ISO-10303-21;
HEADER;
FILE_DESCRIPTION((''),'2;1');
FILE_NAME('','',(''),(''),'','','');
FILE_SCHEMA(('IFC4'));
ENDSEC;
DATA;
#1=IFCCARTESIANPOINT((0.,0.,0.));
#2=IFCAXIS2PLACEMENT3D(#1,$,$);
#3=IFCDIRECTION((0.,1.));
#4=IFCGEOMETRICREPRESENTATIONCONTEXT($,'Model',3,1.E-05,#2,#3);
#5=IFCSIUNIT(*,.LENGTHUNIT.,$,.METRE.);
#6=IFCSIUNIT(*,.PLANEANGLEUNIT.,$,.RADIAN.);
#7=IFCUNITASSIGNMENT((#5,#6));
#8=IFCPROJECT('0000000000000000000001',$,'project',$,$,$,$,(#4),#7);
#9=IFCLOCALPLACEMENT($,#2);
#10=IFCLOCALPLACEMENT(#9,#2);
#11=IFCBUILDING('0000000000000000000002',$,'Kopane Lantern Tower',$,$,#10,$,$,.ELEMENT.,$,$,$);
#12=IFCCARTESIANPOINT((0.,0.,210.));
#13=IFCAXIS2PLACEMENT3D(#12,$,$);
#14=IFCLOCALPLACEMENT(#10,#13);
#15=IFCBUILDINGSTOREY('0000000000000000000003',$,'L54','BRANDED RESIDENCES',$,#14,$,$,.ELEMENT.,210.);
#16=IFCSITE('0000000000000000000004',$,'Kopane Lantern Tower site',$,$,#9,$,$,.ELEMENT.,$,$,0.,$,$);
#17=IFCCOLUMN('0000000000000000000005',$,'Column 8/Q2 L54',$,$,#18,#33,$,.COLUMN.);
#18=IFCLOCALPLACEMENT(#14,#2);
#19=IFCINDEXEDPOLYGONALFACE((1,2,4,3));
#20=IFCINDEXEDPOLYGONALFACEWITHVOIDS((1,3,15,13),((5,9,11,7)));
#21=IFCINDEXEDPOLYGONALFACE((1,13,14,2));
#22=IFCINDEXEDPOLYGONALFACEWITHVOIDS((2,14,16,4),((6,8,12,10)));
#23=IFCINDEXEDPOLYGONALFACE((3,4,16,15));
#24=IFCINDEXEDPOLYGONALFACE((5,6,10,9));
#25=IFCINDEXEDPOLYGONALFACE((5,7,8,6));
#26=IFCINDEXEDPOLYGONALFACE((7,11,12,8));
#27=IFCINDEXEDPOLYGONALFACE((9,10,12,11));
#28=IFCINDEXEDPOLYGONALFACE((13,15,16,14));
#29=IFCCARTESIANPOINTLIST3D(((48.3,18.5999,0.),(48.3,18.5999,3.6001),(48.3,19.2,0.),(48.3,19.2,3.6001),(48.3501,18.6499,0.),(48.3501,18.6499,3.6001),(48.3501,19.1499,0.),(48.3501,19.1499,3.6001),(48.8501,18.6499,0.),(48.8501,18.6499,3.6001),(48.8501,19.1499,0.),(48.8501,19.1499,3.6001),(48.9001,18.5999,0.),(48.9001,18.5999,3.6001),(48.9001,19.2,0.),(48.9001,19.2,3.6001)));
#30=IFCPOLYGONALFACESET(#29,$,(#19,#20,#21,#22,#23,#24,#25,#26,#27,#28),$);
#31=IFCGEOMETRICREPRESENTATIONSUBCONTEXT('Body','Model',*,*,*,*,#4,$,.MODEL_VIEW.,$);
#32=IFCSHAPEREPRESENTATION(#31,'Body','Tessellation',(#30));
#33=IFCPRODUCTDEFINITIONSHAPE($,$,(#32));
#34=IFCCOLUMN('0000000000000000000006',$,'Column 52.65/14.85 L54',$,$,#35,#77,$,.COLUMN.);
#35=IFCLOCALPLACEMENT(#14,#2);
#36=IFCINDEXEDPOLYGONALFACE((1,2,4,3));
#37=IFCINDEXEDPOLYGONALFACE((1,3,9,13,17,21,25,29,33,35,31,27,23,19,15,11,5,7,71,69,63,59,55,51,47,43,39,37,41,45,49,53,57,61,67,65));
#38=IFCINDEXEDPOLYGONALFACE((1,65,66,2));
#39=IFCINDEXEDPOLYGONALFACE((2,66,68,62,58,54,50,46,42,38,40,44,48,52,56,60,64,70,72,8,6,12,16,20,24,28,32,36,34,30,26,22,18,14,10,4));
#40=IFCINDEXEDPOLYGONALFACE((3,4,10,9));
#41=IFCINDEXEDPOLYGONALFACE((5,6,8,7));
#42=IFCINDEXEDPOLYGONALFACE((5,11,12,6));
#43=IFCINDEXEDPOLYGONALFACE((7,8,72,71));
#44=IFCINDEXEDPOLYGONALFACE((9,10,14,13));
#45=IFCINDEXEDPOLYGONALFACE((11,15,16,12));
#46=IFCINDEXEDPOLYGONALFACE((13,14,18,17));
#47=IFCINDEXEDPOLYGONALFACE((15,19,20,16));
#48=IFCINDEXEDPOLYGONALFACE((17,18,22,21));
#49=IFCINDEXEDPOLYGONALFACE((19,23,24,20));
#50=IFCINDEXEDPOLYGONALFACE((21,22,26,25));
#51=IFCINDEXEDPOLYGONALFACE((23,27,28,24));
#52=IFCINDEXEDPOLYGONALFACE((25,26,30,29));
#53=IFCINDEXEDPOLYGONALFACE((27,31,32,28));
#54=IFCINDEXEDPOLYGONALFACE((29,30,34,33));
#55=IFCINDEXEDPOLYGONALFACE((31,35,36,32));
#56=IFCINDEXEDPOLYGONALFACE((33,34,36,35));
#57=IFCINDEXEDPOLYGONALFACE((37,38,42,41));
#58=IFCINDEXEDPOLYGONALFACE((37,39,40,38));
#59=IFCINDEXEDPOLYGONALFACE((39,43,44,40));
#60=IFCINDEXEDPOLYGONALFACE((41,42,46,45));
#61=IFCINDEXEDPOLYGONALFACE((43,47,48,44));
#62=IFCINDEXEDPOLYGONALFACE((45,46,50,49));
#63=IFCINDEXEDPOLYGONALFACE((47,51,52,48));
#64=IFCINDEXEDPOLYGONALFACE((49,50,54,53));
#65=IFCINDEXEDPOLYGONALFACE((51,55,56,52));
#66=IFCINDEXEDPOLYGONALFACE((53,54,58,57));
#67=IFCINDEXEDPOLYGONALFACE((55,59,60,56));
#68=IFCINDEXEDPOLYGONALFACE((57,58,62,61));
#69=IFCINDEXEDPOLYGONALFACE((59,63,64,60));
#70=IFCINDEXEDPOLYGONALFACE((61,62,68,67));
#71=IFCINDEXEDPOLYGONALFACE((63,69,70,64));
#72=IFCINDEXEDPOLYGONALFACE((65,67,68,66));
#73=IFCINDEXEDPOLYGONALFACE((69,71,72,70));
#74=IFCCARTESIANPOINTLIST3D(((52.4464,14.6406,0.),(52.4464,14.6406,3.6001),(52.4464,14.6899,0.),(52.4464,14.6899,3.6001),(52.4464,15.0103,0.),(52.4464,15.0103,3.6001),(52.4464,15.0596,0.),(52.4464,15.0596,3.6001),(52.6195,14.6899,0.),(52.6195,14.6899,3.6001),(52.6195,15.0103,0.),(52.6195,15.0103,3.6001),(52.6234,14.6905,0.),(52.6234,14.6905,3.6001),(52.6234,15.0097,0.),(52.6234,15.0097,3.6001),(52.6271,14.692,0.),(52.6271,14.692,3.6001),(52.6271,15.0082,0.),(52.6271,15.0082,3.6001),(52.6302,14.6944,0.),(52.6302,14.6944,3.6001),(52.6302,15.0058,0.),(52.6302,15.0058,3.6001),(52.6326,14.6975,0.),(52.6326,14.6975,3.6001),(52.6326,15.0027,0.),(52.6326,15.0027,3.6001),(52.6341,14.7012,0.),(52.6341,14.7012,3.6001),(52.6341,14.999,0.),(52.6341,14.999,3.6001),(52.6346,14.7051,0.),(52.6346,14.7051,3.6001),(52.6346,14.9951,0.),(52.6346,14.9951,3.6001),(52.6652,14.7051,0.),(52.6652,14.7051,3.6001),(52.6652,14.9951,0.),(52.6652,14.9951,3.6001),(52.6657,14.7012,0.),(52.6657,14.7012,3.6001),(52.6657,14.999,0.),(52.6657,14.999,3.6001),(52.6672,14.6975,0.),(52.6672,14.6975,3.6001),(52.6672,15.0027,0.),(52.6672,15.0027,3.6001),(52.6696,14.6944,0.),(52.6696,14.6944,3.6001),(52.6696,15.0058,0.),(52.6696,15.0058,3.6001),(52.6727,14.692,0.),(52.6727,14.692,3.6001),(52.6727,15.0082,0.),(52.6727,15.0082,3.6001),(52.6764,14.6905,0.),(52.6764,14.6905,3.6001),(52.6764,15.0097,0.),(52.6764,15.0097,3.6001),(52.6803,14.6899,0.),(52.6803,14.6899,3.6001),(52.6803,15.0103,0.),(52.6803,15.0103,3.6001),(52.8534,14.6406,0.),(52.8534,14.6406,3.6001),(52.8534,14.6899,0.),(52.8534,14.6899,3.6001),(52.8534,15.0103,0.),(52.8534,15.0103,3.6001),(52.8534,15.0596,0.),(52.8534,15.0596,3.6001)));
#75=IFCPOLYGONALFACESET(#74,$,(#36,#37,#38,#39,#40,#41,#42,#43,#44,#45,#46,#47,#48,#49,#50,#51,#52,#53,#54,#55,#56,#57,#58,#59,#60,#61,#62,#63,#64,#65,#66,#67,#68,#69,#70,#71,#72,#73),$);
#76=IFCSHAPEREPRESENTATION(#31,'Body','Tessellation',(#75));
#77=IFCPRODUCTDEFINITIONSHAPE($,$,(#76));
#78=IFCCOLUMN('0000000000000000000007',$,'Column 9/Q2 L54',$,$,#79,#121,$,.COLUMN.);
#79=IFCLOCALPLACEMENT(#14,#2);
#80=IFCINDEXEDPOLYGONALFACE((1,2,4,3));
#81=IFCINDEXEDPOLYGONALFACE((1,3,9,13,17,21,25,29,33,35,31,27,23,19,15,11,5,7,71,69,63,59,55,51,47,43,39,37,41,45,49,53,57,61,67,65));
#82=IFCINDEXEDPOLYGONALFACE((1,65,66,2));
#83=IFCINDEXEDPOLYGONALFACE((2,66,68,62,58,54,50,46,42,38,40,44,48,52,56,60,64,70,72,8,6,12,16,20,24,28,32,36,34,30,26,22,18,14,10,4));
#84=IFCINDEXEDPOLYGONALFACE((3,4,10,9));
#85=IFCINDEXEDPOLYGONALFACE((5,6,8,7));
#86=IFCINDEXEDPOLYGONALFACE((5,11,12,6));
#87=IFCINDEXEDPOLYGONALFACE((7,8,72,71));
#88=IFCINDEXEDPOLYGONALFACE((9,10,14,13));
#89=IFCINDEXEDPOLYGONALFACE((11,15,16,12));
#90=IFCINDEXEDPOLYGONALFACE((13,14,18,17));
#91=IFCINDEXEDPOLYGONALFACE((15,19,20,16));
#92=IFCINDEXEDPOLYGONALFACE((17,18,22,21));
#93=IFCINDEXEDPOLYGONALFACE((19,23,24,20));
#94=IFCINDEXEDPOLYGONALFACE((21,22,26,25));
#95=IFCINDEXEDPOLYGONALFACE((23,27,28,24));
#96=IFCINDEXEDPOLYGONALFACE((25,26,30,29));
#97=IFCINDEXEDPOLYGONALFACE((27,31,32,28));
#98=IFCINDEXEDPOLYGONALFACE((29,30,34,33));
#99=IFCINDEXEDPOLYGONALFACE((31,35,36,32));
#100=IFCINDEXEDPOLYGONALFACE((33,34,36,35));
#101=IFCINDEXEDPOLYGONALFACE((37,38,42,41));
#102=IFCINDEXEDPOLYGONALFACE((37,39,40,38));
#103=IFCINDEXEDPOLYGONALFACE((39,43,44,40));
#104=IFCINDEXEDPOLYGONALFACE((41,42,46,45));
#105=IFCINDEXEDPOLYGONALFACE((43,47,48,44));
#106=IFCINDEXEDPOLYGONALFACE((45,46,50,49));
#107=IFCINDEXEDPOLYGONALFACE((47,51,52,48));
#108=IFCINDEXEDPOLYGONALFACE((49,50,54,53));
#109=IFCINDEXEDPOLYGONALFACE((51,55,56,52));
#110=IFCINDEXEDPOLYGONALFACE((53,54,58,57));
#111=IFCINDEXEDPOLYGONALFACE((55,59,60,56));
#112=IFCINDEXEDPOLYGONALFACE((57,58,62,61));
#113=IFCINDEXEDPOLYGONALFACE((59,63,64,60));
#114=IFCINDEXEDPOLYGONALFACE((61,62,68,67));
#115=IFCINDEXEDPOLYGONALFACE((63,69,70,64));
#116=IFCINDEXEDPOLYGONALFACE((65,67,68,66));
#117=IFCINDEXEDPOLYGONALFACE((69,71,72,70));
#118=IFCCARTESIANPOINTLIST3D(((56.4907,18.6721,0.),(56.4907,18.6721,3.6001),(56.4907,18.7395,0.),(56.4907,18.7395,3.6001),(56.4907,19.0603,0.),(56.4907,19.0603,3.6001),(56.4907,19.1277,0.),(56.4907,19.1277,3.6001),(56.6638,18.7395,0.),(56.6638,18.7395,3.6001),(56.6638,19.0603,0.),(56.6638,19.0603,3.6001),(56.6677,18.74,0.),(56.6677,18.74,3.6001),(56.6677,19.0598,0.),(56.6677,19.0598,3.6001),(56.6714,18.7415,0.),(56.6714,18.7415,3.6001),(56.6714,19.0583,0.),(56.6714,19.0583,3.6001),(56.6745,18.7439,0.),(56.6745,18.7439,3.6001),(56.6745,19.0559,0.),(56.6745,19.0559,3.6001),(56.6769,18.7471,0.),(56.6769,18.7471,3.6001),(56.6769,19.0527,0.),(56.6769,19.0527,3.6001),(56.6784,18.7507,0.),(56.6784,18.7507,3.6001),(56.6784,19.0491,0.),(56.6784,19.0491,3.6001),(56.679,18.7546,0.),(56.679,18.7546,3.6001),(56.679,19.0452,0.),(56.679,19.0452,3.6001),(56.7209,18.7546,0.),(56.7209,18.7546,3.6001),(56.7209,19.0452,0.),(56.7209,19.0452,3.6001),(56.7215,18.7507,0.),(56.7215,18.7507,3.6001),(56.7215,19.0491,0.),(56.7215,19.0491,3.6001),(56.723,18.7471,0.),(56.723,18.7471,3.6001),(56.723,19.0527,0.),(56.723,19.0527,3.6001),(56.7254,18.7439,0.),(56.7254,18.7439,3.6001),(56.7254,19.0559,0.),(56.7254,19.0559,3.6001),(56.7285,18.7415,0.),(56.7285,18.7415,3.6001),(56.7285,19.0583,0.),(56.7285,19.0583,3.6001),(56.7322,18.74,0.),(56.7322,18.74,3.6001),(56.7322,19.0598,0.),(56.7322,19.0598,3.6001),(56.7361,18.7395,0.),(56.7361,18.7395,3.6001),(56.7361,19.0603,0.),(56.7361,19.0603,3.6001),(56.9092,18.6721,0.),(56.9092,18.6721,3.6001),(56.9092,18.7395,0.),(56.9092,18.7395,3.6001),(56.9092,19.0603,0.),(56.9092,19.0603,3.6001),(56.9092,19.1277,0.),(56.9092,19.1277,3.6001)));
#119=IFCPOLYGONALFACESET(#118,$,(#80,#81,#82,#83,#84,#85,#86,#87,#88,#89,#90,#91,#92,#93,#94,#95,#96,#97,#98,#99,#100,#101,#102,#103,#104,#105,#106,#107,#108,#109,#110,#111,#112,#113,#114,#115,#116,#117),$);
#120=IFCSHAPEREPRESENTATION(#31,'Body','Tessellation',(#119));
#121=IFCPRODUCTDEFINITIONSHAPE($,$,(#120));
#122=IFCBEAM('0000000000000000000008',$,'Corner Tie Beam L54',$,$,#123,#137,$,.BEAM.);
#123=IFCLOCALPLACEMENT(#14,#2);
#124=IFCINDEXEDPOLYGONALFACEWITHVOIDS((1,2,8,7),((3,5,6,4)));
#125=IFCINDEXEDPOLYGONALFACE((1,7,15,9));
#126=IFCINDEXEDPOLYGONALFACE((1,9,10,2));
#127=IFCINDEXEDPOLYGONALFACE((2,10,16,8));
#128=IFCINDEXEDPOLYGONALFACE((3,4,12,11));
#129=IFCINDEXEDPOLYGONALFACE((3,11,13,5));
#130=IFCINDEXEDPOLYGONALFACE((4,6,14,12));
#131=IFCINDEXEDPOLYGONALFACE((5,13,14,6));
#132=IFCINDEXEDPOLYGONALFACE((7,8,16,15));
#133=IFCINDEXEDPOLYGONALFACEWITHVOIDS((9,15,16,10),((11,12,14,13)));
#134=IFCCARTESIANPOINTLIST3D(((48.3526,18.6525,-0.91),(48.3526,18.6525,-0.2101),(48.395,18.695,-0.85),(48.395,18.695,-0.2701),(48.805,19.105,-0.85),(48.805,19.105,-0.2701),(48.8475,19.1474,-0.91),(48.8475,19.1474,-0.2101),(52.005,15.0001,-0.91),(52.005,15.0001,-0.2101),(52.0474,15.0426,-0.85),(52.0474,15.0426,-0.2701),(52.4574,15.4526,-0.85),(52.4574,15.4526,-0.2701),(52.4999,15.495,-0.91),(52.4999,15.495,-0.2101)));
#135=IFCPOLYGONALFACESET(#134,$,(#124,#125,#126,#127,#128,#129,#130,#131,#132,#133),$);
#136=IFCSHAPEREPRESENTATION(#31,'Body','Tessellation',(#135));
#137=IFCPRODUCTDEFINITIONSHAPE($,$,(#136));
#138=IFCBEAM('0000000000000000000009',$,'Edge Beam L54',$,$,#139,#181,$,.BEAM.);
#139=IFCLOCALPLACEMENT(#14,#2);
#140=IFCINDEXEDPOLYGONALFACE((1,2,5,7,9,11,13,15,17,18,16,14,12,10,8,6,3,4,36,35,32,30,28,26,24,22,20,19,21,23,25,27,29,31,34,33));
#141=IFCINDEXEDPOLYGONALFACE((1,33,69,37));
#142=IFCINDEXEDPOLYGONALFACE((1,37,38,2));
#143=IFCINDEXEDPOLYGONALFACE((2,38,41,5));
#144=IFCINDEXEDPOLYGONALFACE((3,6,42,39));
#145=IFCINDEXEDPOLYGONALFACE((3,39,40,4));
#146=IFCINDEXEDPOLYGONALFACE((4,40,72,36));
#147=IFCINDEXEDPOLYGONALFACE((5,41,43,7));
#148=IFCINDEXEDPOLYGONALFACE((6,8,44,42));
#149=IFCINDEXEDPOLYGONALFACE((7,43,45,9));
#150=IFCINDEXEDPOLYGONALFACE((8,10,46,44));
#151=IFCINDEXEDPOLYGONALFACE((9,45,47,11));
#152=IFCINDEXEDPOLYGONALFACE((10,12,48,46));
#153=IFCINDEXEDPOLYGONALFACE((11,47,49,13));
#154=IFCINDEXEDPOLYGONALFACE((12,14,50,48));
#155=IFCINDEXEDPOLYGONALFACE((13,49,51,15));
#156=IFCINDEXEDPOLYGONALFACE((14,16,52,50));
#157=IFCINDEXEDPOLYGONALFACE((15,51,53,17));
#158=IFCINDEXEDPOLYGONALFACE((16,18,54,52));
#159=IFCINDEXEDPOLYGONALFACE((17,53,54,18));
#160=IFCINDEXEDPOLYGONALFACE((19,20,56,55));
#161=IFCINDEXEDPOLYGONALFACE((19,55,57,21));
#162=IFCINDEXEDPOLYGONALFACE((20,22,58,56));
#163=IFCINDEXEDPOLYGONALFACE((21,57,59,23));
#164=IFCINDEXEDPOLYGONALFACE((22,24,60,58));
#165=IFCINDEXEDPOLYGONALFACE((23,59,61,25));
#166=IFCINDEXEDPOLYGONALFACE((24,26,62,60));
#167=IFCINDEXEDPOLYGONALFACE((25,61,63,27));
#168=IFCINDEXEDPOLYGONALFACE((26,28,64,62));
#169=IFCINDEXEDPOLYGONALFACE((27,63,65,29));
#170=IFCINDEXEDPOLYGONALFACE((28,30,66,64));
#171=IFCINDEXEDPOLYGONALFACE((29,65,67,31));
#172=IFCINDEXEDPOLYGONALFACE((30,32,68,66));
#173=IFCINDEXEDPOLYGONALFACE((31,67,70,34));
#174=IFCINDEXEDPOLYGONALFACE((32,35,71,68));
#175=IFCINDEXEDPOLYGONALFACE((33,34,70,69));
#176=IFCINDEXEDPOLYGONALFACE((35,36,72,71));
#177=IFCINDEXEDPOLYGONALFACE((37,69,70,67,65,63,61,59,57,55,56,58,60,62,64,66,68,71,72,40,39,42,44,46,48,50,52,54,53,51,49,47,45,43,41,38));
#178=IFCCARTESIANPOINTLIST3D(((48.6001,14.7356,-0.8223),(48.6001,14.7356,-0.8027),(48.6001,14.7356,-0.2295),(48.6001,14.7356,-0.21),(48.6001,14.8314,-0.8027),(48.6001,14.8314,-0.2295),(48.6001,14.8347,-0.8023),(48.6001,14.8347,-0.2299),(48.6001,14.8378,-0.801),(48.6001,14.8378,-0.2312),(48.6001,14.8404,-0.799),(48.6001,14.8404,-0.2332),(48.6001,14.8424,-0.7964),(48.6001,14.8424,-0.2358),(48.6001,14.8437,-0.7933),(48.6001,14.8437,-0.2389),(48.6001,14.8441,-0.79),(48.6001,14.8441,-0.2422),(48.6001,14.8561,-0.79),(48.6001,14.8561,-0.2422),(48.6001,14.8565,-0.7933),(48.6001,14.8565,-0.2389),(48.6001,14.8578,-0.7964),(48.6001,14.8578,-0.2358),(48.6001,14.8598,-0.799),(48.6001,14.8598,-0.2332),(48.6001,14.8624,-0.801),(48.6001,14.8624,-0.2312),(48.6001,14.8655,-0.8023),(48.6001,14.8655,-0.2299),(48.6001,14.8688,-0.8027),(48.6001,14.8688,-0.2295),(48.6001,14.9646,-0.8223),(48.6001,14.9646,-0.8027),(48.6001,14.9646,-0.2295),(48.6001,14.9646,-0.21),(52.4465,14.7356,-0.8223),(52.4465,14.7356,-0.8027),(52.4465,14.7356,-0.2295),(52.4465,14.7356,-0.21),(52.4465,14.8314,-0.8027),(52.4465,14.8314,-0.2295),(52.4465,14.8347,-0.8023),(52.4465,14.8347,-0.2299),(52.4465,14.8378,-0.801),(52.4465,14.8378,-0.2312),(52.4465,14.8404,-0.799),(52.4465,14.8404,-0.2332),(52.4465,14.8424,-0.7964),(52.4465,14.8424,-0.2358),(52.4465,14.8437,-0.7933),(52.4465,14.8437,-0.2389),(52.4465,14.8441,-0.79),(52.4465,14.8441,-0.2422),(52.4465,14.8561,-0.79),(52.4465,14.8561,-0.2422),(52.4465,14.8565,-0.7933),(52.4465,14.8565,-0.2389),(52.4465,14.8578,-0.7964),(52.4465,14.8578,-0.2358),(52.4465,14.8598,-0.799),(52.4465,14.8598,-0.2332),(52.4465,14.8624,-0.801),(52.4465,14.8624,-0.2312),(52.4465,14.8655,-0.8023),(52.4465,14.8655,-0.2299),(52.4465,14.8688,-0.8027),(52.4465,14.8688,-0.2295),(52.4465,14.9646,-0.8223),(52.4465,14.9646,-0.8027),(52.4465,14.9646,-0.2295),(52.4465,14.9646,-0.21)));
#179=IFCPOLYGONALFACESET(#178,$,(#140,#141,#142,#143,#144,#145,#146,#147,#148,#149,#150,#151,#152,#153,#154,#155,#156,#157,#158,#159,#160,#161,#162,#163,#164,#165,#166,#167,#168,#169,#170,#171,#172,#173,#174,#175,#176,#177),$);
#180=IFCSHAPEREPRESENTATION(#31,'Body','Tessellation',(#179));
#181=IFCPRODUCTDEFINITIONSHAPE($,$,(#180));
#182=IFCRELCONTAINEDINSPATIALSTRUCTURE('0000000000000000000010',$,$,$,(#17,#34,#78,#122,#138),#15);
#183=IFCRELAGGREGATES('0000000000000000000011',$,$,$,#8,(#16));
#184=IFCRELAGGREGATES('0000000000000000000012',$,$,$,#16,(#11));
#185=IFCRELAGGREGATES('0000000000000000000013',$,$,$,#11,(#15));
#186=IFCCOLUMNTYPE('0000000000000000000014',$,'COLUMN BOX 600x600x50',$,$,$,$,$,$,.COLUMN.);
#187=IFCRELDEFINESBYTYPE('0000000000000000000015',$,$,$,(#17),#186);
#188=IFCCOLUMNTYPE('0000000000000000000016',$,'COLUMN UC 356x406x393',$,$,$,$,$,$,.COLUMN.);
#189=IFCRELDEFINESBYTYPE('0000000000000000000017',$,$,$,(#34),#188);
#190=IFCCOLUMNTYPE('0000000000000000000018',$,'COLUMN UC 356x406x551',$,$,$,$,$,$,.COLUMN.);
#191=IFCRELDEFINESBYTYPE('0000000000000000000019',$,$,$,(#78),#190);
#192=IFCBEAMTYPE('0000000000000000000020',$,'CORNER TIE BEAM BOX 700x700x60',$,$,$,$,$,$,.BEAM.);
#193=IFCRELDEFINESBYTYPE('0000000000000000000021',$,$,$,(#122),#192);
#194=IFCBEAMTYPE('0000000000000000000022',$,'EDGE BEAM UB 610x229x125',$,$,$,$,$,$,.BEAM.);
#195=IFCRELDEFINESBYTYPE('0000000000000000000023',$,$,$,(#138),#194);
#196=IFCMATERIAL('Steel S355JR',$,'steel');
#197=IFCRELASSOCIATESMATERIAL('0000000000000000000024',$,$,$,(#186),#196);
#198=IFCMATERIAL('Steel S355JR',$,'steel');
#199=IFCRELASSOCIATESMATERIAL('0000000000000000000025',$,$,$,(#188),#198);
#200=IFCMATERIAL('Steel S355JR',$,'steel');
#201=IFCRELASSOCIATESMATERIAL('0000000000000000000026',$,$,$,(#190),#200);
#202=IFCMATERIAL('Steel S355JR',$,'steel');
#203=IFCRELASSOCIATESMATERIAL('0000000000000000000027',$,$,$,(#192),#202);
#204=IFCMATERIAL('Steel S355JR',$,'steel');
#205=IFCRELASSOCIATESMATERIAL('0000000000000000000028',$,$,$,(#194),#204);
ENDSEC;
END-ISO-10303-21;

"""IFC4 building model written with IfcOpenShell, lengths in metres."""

from ifc_helpers import new_model, si_unit, direction, frame, origin, origin_2d, place, context, subcontext, project, spatial, hollow_rectangle, i_section, extrude, material, material_profile, profile_set, type_object, element, save


model = new_model("IFC4")

# Units and contexts
model_context = context("Model", 3, precision=1e-05, world=origin(), true_north=direction((0.0, 1.0)))
body_context = subcontext(model_context, "Body", "Model", "MODEL_VIEW")
ifc_project = project(units=[si_unit("LENGTHUNIT", "METRE"), si_unit("PLANEANGLEUNIT", "RADIAN")], contexts=[model_context])

# Site, building, storey
site_placement = place(None, origin())
site = spatial("IfcSite", under=ifc_project, at=site_placement, Name="Kopane Lantern Tower site", CompositionType="ELEMENT", RefElevation=0.0)
building_placement = place(site_placement, origin())
building = spatial("IfcBuilding", under=site, at=building_placement, Name="Kopane Lantern Tower", CompositionType="ELEMENT")
storey_placement = place(building_placement, frame((0.0, 0.0, 210.0)))
storey = spatial("IfcBuildingStorey", under=building, at=storey_placement, Name="L54", Description="BRANDED RESIDENCES", CompositionType="ELEMENT", Elevation=210.0)

# Columns
ifc_material_1 = material(Name="Steel S355JR", Category="steel")
ifc_material_profile_1 = material_profile(ifc_material_1, hollow_rectangle(XDim=0.6001, YDim=0.6001, WallThickness=0.05, at=origin_2d()), Name="BOX 600x600x50")
ifc_profile_set_1 = profile_set([ifc_material_profile_1], Name="Steel S355JR")
column_type_1 = type_object("IfcColumnType", Name="COLUMN BOX 600x600x50", PredefinedType="COLUMN", material=ifc_profile_set_1)
column_1_placement = place(storey_placement, frame((48.6001, 18.8999, 0.0), z_axis=(0.0, 0.0, 1.0), x_axis=(1.0, 0.0, 0.0)))
element("IfcColumn", 1, at=column_1_placement, inside=storey, type_object=column_type_1, Name="Column 8/Q2 L54", PredefinedType="COLUMN", context=body_context, shape_type="SweptSolid", body=[
    extrude(hollow_rectangle(XDim=0.6001, YDim=0.6001, WallThickness=0.05, at=origin_2d()), origin(), (0.0, 0.0, 1.0), 3.6001),
])
ifc_material_2 = material(Name="Steel S355JR", Category="steel")
ifc_material_profile_2 = material_profile(ifc_material_2, i_section(OverallWidth=0.407, OverallDepth=0.4189, WebThickness=0.0305, FlangeThickness=0.0493, FilletRadius=0.0151, at=origin_2d()), Name="UC 356x406x393")
ifc_profile_set_2 = profile_set([ifc_material_profile_2], Name="Steel S355JR")
column_type_2 = type_object("IfcColumnType", Name="COLUMN UC 356x406x393", PredefinedType="COLUMN", material=ifc_profile_set_2)
column_2_placement = place(storey_placement, frame((52.6499, 14.8501, 0.0), z_axis=(0.0, 0.0, 1.0), x_axis=(1.0, 0.0, 0.0)))
element("IfcColumn", 2, at=column_2_placement, inside=storey, type_object=column_type_2, Name="Column 52.65/14.85 L54", PredefinedType="COLUMN", context=body_context, shape_type="SweptSolid", body=[
    extrude(i_section(OverallWidth=0.407, OverallDepth=0.4189, WebThickness=0.0305, FlangeThickness=0.0493, FilletRadius=0.0151, at=origin_2d()), origin(), (0.0, 0.0, 1.0), 3.6001),
])
ifc_material_3 = material(Name="Steel S355JR", Category="steel")
ifc_material_profile_3 = material_profile(ifc_material_3, i_section(OverallWidth=0.4185, OverallDepth=0.4556, WebThickness=0.042, FlangeThickness=0.0674, FilletRadius=0.0151, at=origin_2d()), Name="UC 356x406x551")
ifc_profile_set_3 = profile_set([ifc_material_profile_3], Name="Steel S355JR")
column_type_3 = type_object("IfcColumnType", Name="COLUMN UC 356x406x551", PredefinedType="COLUMN", material=ifc_profile_set_3)
column_3_placement = place(storey_placement, frame((56.7, 18.8999, 0.0), z_axis=(0.0, 0.0, 1.0), x_axis=(1.0, 0.0, 0.0)))
element("IfcColumn", 3, at=column_3_placement, inside=storey, type_object=column_type_3, Name="Column 9/Q2 L54", PredefinedType="COLUMN", context=body_context, shape_type="SweptSolid", body=[
    extrude(i_section(OverallWidth=0.4185, OverallDepth=0.4556, WebThickness=0.042, FlangeThickness=0.0674, FilletRadius=0.0151, at=origin_2d()), origin(), (0.0, 0.0, 1.0), 3.6001),
])

# Beams
ifc_material_4 = material(Name="Steel S355JR", Category="steel")
ifc_material_profile_4 = material_profile(ifc_material_4, hollow_rectangle(XDim=0.7, YDim=0.7, WallThickness=0.0601, at=origin_2d()), Name="BOX 700x700x60")
ifc_profile_set_4 = profile_set([ifc_material_profile_4], Name="Steel S355JR")
beam_type_1 = type_object("IfcBeamType", Name="CORNER TIE BEAM BOX 700x700x60", PredefinedType="BEAM", material=ifc_profile_set_4)
beam_1_placement = place(storey_placement, frame((52.2524, 15.2476, -0.5601), z_axis=(-0.707107, 0.707107, 0.0), x_axis=(-0.707107, -0.707107, 0.0)))
element("IfcBeam", 4, at=beam_1_placement, inside=storey, type_object=beam_type_1, Name="Corner Tie Beam L54", PredefinedType="BEAM", context=body_context, shape_type="SweptSolid", body=[
    extrude(hollow_rectangle(XDim=0.7, YDim=0.7, WallThickness=0.0601, at=origin_2d()), origin(), (0.0, 0.0, 1.0), 5.1653),
])
ifc_material_5 = material(Name="Steel S355JR", Category="steel")
ifc_material_profile_5 = material_profile(ifc_material_5, i_section(OverallWidth=0.229, OverallDepth=0.6123, WebThickness=0.012, FlangeThickness=0.0195, FilletRadius=0.0127, at=origin_2d()), Name="UB 610x229x125")
ifc_profile_set_5 = profile_set([ifc_material_profile_5], Name="Steel S355JR")
beam_type_2 = type_object("IfcBeamType", Name="EDGE BEAM UB 610x229x125", PredefinedType="BEAM", material=ifc_profile_set_5)
for number, where, z_axis, x_axis, name in (
    (5, (52.4465, 14.8501, -0.5161), (-1.0, 0.0, 0.0), (0.0, -1.0, 0.0), "Edge Beam L54"),
):
    element("IfcBeam", number, at=place(storey_placement, frame(where, z_axis=z_axis, x_axis=x_axis)), inside=storey, type_object=beam_type_2, Name=name, PredefinedType="BEAM", context=body_context, shape_type="SweptSolid", body=[
        extrude(i_section(OverallWidth=0.229, OverallDepth=0.6123, WebThickness=0.012, FlangeThickness=0.0195, FilletRadius=0.0127, at=origin_2d()), origin(), (0.0, 0.0, 1.0), 3.8464),
    ])

save(model, "model.ifc")
